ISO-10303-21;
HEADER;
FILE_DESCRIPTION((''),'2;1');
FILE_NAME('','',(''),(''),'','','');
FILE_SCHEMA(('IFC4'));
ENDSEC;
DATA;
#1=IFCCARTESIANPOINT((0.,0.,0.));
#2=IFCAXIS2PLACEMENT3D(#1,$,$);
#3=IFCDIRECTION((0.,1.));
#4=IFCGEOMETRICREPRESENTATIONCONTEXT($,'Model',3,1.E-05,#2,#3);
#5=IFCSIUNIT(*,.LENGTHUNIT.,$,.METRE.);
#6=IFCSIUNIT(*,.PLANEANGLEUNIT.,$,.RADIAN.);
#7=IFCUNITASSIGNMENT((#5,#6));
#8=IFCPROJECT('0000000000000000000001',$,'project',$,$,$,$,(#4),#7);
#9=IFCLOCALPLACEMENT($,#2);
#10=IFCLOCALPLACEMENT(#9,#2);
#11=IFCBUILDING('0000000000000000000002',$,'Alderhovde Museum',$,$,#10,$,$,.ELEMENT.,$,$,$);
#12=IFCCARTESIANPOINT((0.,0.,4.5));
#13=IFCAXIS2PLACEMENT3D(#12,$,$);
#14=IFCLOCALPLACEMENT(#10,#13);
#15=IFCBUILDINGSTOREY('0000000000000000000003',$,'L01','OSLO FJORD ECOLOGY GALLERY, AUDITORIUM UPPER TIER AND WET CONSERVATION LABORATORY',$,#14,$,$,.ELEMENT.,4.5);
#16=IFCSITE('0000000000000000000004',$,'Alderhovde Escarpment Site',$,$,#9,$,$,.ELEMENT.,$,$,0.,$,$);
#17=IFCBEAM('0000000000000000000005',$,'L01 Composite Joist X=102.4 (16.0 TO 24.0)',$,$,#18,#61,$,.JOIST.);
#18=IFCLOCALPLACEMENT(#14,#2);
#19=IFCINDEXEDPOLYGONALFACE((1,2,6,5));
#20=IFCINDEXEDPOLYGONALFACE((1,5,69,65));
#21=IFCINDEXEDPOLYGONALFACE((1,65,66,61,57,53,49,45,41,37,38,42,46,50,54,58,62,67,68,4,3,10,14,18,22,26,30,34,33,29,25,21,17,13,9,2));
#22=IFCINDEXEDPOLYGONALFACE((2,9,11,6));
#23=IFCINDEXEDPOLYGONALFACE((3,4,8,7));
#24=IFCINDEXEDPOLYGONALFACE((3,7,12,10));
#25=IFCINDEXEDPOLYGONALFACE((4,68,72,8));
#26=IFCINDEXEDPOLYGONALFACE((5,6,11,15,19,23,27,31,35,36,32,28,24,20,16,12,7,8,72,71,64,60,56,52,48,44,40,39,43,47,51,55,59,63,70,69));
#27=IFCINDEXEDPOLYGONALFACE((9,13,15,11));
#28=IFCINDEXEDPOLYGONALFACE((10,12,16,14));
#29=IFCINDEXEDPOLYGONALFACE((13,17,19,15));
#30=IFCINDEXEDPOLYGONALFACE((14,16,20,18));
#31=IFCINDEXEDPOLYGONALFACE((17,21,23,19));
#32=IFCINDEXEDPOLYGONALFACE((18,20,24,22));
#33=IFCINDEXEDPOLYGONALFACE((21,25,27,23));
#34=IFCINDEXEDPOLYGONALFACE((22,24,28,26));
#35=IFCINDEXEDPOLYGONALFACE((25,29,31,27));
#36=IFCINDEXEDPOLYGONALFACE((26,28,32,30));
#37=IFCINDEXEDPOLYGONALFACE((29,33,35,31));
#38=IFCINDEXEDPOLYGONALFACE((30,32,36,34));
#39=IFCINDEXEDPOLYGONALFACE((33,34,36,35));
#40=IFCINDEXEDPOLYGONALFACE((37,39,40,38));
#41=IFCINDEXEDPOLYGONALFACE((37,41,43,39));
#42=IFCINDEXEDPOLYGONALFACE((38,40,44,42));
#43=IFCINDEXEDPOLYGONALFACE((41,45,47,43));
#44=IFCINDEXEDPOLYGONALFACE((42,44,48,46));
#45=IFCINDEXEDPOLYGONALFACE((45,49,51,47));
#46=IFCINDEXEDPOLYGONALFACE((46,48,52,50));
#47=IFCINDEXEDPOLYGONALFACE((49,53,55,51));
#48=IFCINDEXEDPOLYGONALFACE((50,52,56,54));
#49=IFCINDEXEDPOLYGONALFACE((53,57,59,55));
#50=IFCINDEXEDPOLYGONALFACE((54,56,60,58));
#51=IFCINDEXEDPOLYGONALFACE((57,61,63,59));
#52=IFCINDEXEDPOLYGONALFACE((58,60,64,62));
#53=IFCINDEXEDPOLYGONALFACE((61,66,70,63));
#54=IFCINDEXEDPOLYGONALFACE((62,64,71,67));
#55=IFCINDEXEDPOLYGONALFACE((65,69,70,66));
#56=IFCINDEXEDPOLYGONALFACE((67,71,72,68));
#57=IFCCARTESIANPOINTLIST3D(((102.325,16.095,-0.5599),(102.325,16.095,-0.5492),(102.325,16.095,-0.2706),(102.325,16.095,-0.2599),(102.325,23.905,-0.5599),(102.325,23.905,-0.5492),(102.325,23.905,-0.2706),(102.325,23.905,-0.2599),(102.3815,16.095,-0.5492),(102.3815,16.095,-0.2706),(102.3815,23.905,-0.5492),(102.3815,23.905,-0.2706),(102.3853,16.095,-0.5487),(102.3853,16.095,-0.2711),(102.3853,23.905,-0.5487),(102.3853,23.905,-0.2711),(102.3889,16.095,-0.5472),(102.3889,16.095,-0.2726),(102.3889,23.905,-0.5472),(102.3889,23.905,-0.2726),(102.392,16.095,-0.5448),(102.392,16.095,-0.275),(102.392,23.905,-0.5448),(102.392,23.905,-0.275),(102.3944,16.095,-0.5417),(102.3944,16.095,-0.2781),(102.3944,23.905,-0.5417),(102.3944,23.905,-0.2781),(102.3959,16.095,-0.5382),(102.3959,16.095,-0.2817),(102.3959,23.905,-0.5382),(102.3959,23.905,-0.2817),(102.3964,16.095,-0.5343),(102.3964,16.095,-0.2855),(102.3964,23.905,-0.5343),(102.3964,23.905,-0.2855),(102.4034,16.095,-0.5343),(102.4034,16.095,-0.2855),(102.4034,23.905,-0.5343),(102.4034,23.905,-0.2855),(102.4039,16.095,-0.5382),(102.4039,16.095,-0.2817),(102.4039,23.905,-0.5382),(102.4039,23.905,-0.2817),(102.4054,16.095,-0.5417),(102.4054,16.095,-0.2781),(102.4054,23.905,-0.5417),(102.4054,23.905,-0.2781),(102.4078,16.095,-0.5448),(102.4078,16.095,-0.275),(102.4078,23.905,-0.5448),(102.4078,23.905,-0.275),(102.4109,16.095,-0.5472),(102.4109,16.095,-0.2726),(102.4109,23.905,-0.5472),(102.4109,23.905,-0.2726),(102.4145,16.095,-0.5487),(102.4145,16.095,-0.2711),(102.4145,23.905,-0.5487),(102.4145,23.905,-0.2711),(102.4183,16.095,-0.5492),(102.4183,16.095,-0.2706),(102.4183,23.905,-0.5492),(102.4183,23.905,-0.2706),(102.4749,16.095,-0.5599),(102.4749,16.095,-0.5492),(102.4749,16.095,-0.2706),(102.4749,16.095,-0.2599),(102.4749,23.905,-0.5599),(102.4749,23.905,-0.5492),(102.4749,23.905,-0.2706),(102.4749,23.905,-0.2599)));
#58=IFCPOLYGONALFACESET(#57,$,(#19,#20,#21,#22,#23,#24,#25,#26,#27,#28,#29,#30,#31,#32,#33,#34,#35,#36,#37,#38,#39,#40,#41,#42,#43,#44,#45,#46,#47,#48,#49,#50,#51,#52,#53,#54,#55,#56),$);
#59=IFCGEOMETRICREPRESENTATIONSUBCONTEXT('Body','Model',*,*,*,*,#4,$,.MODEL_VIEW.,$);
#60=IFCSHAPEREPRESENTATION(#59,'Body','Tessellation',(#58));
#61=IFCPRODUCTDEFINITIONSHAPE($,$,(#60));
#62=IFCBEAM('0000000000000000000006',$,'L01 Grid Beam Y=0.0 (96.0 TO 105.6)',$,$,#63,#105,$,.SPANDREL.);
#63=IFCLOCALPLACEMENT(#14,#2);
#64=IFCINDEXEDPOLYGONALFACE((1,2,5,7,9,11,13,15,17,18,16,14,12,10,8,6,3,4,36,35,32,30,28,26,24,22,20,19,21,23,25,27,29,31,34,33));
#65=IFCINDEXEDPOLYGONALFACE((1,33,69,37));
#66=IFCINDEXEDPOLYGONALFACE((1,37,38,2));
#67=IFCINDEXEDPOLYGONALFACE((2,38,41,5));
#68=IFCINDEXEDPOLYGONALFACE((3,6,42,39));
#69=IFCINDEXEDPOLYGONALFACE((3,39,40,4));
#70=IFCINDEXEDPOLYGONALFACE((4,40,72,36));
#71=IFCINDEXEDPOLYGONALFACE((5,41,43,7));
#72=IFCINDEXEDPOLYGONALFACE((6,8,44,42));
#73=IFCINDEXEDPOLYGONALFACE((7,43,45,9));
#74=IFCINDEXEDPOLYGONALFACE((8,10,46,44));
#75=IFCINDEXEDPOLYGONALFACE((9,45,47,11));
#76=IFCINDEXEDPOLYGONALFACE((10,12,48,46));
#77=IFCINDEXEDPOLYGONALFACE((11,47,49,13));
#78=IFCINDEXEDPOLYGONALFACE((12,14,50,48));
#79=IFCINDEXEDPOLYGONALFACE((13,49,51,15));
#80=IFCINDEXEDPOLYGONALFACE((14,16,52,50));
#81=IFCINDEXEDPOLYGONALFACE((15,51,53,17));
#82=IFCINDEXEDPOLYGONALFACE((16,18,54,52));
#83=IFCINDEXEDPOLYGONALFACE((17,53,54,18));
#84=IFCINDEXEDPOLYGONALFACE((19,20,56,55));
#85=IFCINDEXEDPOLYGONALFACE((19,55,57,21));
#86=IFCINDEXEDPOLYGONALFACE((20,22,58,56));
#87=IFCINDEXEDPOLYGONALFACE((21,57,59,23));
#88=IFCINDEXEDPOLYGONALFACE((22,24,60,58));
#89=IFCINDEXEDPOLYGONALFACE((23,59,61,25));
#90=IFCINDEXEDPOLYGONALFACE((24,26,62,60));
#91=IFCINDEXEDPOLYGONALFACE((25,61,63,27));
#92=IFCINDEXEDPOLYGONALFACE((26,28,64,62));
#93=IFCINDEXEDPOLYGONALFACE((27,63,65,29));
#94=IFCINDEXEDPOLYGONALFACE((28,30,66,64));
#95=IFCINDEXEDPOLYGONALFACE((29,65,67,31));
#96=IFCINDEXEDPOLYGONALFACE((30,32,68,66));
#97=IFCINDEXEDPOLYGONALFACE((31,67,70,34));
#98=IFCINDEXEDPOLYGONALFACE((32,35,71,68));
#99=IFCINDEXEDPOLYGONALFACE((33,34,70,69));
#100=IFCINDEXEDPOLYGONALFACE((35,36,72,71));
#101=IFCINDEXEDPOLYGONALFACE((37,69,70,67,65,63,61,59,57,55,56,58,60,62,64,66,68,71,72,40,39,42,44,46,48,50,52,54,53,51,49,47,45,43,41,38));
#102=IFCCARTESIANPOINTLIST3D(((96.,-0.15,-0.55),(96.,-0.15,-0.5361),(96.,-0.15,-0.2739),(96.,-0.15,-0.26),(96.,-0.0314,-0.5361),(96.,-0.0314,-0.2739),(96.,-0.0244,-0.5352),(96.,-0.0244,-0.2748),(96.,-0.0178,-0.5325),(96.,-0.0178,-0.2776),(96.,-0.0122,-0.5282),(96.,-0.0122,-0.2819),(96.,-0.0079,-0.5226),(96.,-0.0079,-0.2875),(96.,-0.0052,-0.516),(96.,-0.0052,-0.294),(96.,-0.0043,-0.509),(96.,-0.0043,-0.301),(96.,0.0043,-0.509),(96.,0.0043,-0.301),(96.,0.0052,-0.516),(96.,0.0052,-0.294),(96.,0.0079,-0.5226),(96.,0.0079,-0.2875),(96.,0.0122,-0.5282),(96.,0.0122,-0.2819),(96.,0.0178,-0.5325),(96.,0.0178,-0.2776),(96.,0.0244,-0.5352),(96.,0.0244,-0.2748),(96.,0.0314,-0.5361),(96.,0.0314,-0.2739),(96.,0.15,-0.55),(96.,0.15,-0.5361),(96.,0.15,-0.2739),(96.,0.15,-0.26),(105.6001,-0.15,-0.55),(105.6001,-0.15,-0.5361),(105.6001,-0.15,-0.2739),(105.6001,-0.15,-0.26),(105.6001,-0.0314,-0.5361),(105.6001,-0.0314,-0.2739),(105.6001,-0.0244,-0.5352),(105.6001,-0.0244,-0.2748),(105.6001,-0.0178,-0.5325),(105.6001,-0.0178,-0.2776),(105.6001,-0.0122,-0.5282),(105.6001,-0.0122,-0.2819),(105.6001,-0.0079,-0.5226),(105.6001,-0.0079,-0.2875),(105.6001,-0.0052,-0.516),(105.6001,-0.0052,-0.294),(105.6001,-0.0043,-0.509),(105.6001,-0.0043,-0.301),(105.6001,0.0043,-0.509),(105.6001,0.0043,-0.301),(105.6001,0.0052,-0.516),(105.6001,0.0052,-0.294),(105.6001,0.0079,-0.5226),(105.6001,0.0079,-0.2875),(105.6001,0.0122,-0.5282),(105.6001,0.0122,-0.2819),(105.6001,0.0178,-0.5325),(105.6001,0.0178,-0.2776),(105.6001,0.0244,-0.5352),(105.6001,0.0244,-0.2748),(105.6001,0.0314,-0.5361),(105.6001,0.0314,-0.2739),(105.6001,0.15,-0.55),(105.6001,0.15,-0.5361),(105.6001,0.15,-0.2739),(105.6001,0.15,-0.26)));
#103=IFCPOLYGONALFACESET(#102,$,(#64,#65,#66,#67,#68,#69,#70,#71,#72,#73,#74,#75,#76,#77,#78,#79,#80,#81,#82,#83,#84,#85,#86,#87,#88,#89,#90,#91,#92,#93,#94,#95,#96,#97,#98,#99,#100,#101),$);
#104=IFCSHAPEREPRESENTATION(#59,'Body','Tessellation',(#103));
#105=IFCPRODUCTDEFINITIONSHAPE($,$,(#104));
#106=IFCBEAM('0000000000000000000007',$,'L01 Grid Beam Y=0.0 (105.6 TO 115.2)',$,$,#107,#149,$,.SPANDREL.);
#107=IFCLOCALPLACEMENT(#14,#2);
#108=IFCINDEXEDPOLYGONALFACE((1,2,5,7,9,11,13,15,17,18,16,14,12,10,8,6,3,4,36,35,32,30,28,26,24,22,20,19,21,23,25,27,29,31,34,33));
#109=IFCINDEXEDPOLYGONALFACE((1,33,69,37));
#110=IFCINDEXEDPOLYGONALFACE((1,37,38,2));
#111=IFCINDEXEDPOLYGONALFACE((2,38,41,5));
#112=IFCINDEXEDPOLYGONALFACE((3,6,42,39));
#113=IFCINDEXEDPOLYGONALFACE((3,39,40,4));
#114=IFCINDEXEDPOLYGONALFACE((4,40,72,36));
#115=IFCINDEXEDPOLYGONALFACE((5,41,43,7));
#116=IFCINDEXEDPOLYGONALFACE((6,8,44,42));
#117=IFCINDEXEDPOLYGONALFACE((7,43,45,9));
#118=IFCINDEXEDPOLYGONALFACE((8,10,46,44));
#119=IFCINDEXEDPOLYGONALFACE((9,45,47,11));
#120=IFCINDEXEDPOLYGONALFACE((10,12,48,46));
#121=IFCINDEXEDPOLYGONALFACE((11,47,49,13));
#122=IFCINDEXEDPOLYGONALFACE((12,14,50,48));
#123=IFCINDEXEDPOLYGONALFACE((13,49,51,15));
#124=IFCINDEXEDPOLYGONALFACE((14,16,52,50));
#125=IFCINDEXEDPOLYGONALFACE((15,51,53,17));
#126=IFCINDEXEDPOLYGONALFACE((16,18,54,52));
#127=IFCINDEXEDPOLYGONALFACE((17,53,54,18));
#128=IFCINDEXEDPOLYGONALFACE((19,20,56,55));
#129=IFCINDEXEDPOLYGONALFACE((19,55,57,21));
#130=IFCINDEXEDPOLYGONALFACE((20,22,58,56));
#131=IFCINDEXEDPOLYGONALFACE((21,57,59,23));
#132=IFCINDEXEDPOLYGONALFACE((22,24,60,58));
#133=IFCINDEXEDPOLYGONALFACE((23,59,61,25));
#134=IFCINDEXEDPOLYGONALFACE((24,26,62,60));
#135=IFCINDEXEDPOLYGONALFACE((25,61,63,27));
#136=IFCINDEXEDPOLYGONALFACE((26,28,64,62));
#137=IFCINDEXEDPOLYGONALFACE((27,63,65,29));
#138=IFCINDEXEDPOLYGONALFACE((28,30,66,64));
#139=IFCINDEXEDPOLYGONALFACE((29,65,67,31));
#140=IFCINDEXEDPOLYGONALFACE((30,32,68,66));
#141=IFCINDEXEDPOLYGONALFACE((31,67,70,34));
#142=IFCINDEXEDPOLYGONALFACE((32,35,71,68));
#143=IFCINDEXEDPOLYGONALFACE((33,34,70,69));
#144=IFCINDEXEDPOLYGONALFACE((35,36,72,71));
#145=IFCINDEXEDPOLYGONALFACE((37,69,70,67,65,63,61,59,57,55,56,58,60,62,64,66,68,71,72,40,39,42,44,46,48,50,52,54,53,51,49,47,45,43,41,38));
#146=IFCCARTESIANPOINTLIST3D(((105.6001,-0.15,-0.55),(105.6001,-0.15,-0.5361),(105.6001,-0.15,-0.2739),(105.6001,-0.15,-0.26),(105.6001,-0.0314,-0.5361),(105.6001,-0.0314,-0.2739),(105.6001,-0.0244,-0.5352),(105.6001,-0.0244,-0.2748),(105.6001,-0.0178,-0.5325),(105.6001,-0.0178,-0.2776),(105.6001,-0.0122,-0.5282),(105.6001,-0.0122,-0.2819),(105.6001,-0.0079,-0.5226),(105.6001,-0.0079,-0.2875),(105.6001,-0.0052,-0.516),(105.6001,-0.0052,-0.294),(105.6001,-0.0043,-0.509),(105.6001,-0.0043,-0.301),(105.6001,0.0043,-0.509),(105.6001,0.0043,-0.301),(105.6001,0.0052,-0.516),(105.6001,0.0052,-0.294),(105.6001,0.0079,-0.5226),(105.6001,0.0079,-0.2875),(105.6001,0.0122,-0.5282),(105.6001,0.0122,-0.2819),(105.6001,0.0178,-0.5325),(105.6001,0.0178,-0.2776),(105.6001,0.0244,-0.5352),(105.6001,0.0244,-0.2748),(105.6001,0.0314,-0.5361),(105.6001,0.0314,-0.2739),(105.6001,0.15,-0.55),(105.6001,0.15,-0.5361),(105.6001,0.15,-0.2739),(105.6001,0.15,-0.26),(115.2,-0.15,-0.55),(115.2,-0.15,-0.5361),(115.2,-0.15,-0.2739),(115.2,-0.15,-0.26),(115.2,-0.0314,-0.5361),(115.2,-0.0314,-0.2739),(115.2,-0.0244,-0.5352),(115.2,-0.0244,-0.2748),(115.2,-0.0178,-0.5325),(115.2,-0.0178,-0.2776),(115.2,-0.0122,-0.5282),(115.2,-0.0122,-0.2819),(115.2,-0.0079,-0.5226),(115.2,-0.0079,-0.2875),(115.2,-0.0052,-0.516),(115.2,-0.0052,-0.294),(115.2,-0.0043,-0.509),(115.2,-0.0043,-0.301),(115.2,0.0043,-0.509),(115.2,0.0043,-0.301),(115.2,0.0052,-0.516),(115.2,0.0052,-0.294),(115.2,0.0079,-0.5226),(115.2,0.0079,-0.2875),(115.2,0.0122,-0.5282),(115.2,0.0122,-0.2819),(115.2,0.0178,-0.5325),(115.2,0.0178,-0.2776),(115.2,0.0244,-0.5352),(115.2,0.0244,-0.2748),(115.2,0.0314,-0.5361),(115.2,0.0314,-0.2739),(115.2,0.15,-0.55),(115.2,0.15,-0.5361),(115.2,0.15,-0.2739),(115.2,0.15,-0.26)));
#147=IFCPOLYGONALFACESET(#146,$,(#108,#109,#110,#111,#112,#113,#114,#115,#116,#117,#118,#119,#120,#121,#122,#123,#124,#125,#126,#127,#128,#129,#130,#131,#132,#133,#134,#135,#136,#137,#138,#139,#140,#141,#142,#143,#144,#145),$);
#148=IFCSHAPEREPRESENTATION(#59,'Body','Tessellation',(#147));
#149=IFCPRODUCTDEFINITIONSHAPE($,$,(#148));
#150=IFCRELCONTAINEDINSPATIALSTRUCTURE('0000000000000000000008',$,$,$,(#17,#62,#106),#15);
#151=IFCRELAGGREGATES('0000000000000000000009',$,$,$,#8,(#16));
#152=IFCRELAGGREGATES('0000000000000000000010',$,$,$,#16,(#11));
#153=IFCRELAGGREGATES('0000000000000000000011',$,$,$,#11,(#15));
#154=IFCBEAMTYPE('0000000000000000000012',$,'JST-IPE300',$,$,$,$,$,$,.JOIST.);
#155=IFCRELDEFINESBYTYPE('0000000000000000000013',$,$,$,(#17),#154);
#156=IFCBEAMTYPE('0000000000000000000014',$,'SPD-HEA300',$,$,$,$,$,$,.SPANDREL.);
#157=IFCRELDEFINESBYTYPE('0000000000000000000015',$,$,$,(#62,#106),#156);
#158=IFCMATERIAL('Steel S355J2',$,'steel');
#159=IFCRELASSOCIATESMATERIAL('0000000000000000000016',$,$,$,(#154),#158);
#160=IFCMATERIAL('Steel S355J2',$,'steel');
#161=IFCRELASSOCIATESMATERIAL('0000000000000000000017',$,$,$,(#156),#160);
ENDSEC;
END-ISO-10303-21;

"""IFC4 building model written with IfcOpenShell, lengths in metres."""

from ifc_helpers import new_model, si_unit, direction, frame, origin, origin_2d, place, context, subcontext, project, spatial, i_section, extrude, material, material_profile, profile_set, type_object, element, save


model = new_model("IFC4")

# Units and contexts
model_context = context("Model", 3, precision=1e-05, world=origin(), true_north=direction((0.0, 1.0)))
body_context = subcontext(model_context, "Body", "Model", "MODEL_VIEW")
ifc_project = project(units=[si_unit("LENGTHUNIT", "METRE"), si_unit("PLANEANGLEUNIT", "RADIAN")], contexts=[model_context])

# Site, building, storey
site_placement = place(None, origin())
site = spatial("IfcSite", under=ifc_project, at=site_placement, Name="Alderhovde Escarpment Site", CompositionType="ELEMENT", RefElevation=0.0)
building_placement = place(site_placement, origin())
building = spatial("IfcBuilding", under=site, at=building_placement, Name="Alderhovde Museum", CompositionType="ELEMENT")
storey_placement = place(building_placement, frame((0.0, 0.0, 4.5)))
storey = spatial("IfcBuildingStorey", under=building, at=storey_placement, Name="L01", Description="OSLO FJORD ECOLOGY GALLERY, AUDITORIUM UPPER TIER AND WET CONSERVATION LABORATORY", CompositionType="ELEMENT", Elevation=4.5)

# Beams
ifc_material_1 = material(Name="Steel S355J2", Category="steel")
ifc_material_profile_1 = material_profile(ifc_material_1, i_section(OverallWidth=0.1499, OverallDepth=0.3, WebThickness=0.0071, FlangeThickness=0.0107, FilletRadius=0.0149, at=origin_2d()), Name="IPE 300")
ifc_profile_set_1 = profile_set([ifc_material_profile_1], Name="Steel S355J2")
beam_type_1 = type_object("IfcBeamType", Name="JST-IPE300", PredefinedType="JOIST", material=ifc_profile_set_1)
for number, where, z_axis, x_axis, name in (
    (1, (102.3999, 16.095, -0.4099), (0.0, 1.0, 0.0), (-1.0, 0.0, 0.0), "L01 Composite Joist X=102.4 (16.0 TO 24.0)"),
):
    element("IfcBeam", number, at=place(storey_placement, frame(where, z_axis=z_axis, x_axis=x_axis)), inside=storey, type_object=beam_type_1, Name=name, PredefinedType="JOIST", context=body_context, shape_type="SweptSolid", body=[
        extrude(i_section(OverallWidth=0.1499, OverallDepth=0.3, WebThickness=0.0071, FlangeThickness=0.0107, FilletRadius=0.0149, at=origin_2d()), origin(), (0.0, 0.0, 1.0), 7.8101),
    ])
ifc_material_2 = material(Name="Steel S355J2", Category="steel")
ifc_material_profile_2 = material_profile(ifc_material_2, i_section(OverallWidth=0.3, OverallDepth=0.29, WebThickness=0.0085, FlangeThickness=0.0139, FilletRadius=0.0271, at=origin_2d()), Name="HEA 300")
ifc_profile_set_2 = profile_set([ifc_material_profile_2], Name="Steel S355J2")
beam_type_2 = type_object("IfcBeamType", Name="SPD-HEA300", PredefinedType="SPANDREL", material=ifc_profile_set_2)
beam_1_placement = place(storey_placement, frame((96.0, 0.0, -0.405), z_axis=(1.0, 0.0, 0.0), x_axis=(0.0, 1.0, 0.0)))
element("IfcBeam", 2, at=beam_1_placement, inside=storey, type_object=beam_type_2, Name="L01 Grid Beam Y=0.0 (96.0 TO 105.6)", PredefinedType="SPANDREL", context=body_context, shape_type="SweptSolid", body=[
    extrude(i_section(OverallWidth=0.3, OverallDepth=0.29, WebThickness=0.0085, FlangeThickness=0.0139, FilletRadius=0.0271, at=origin_2d()), origin(), (0.0, 0.0, 1.0), 9.6001),
])
beam_2_placement = place(storey_placement, frame((105.6001, 0.0, -0.405), z_axis=(1.0, 0.0, 0.0), x_axis=(0.0, 1.0, 0.0)))
element("IfcBeam", 3, at=beam_2_placement, inside=storey, type_object=beam_type_2, Name="L01 Grid Beam Y=0.0 (105.6 TO 115.2)", PredefinedType="SPANDREL", context=body_context, shape_type="SweptSolid", body=[
    extrude(i_section(OverallWidth=0.3, OverallDepth=0.29, WebThickness=0.0085, FlangeThickness=0.0139, FilletRadius=0.0271, at=origin_2d()), origin(), (0.0, 0.0, 1.0), 9.5999),
])

save(model, "model.ifc")
